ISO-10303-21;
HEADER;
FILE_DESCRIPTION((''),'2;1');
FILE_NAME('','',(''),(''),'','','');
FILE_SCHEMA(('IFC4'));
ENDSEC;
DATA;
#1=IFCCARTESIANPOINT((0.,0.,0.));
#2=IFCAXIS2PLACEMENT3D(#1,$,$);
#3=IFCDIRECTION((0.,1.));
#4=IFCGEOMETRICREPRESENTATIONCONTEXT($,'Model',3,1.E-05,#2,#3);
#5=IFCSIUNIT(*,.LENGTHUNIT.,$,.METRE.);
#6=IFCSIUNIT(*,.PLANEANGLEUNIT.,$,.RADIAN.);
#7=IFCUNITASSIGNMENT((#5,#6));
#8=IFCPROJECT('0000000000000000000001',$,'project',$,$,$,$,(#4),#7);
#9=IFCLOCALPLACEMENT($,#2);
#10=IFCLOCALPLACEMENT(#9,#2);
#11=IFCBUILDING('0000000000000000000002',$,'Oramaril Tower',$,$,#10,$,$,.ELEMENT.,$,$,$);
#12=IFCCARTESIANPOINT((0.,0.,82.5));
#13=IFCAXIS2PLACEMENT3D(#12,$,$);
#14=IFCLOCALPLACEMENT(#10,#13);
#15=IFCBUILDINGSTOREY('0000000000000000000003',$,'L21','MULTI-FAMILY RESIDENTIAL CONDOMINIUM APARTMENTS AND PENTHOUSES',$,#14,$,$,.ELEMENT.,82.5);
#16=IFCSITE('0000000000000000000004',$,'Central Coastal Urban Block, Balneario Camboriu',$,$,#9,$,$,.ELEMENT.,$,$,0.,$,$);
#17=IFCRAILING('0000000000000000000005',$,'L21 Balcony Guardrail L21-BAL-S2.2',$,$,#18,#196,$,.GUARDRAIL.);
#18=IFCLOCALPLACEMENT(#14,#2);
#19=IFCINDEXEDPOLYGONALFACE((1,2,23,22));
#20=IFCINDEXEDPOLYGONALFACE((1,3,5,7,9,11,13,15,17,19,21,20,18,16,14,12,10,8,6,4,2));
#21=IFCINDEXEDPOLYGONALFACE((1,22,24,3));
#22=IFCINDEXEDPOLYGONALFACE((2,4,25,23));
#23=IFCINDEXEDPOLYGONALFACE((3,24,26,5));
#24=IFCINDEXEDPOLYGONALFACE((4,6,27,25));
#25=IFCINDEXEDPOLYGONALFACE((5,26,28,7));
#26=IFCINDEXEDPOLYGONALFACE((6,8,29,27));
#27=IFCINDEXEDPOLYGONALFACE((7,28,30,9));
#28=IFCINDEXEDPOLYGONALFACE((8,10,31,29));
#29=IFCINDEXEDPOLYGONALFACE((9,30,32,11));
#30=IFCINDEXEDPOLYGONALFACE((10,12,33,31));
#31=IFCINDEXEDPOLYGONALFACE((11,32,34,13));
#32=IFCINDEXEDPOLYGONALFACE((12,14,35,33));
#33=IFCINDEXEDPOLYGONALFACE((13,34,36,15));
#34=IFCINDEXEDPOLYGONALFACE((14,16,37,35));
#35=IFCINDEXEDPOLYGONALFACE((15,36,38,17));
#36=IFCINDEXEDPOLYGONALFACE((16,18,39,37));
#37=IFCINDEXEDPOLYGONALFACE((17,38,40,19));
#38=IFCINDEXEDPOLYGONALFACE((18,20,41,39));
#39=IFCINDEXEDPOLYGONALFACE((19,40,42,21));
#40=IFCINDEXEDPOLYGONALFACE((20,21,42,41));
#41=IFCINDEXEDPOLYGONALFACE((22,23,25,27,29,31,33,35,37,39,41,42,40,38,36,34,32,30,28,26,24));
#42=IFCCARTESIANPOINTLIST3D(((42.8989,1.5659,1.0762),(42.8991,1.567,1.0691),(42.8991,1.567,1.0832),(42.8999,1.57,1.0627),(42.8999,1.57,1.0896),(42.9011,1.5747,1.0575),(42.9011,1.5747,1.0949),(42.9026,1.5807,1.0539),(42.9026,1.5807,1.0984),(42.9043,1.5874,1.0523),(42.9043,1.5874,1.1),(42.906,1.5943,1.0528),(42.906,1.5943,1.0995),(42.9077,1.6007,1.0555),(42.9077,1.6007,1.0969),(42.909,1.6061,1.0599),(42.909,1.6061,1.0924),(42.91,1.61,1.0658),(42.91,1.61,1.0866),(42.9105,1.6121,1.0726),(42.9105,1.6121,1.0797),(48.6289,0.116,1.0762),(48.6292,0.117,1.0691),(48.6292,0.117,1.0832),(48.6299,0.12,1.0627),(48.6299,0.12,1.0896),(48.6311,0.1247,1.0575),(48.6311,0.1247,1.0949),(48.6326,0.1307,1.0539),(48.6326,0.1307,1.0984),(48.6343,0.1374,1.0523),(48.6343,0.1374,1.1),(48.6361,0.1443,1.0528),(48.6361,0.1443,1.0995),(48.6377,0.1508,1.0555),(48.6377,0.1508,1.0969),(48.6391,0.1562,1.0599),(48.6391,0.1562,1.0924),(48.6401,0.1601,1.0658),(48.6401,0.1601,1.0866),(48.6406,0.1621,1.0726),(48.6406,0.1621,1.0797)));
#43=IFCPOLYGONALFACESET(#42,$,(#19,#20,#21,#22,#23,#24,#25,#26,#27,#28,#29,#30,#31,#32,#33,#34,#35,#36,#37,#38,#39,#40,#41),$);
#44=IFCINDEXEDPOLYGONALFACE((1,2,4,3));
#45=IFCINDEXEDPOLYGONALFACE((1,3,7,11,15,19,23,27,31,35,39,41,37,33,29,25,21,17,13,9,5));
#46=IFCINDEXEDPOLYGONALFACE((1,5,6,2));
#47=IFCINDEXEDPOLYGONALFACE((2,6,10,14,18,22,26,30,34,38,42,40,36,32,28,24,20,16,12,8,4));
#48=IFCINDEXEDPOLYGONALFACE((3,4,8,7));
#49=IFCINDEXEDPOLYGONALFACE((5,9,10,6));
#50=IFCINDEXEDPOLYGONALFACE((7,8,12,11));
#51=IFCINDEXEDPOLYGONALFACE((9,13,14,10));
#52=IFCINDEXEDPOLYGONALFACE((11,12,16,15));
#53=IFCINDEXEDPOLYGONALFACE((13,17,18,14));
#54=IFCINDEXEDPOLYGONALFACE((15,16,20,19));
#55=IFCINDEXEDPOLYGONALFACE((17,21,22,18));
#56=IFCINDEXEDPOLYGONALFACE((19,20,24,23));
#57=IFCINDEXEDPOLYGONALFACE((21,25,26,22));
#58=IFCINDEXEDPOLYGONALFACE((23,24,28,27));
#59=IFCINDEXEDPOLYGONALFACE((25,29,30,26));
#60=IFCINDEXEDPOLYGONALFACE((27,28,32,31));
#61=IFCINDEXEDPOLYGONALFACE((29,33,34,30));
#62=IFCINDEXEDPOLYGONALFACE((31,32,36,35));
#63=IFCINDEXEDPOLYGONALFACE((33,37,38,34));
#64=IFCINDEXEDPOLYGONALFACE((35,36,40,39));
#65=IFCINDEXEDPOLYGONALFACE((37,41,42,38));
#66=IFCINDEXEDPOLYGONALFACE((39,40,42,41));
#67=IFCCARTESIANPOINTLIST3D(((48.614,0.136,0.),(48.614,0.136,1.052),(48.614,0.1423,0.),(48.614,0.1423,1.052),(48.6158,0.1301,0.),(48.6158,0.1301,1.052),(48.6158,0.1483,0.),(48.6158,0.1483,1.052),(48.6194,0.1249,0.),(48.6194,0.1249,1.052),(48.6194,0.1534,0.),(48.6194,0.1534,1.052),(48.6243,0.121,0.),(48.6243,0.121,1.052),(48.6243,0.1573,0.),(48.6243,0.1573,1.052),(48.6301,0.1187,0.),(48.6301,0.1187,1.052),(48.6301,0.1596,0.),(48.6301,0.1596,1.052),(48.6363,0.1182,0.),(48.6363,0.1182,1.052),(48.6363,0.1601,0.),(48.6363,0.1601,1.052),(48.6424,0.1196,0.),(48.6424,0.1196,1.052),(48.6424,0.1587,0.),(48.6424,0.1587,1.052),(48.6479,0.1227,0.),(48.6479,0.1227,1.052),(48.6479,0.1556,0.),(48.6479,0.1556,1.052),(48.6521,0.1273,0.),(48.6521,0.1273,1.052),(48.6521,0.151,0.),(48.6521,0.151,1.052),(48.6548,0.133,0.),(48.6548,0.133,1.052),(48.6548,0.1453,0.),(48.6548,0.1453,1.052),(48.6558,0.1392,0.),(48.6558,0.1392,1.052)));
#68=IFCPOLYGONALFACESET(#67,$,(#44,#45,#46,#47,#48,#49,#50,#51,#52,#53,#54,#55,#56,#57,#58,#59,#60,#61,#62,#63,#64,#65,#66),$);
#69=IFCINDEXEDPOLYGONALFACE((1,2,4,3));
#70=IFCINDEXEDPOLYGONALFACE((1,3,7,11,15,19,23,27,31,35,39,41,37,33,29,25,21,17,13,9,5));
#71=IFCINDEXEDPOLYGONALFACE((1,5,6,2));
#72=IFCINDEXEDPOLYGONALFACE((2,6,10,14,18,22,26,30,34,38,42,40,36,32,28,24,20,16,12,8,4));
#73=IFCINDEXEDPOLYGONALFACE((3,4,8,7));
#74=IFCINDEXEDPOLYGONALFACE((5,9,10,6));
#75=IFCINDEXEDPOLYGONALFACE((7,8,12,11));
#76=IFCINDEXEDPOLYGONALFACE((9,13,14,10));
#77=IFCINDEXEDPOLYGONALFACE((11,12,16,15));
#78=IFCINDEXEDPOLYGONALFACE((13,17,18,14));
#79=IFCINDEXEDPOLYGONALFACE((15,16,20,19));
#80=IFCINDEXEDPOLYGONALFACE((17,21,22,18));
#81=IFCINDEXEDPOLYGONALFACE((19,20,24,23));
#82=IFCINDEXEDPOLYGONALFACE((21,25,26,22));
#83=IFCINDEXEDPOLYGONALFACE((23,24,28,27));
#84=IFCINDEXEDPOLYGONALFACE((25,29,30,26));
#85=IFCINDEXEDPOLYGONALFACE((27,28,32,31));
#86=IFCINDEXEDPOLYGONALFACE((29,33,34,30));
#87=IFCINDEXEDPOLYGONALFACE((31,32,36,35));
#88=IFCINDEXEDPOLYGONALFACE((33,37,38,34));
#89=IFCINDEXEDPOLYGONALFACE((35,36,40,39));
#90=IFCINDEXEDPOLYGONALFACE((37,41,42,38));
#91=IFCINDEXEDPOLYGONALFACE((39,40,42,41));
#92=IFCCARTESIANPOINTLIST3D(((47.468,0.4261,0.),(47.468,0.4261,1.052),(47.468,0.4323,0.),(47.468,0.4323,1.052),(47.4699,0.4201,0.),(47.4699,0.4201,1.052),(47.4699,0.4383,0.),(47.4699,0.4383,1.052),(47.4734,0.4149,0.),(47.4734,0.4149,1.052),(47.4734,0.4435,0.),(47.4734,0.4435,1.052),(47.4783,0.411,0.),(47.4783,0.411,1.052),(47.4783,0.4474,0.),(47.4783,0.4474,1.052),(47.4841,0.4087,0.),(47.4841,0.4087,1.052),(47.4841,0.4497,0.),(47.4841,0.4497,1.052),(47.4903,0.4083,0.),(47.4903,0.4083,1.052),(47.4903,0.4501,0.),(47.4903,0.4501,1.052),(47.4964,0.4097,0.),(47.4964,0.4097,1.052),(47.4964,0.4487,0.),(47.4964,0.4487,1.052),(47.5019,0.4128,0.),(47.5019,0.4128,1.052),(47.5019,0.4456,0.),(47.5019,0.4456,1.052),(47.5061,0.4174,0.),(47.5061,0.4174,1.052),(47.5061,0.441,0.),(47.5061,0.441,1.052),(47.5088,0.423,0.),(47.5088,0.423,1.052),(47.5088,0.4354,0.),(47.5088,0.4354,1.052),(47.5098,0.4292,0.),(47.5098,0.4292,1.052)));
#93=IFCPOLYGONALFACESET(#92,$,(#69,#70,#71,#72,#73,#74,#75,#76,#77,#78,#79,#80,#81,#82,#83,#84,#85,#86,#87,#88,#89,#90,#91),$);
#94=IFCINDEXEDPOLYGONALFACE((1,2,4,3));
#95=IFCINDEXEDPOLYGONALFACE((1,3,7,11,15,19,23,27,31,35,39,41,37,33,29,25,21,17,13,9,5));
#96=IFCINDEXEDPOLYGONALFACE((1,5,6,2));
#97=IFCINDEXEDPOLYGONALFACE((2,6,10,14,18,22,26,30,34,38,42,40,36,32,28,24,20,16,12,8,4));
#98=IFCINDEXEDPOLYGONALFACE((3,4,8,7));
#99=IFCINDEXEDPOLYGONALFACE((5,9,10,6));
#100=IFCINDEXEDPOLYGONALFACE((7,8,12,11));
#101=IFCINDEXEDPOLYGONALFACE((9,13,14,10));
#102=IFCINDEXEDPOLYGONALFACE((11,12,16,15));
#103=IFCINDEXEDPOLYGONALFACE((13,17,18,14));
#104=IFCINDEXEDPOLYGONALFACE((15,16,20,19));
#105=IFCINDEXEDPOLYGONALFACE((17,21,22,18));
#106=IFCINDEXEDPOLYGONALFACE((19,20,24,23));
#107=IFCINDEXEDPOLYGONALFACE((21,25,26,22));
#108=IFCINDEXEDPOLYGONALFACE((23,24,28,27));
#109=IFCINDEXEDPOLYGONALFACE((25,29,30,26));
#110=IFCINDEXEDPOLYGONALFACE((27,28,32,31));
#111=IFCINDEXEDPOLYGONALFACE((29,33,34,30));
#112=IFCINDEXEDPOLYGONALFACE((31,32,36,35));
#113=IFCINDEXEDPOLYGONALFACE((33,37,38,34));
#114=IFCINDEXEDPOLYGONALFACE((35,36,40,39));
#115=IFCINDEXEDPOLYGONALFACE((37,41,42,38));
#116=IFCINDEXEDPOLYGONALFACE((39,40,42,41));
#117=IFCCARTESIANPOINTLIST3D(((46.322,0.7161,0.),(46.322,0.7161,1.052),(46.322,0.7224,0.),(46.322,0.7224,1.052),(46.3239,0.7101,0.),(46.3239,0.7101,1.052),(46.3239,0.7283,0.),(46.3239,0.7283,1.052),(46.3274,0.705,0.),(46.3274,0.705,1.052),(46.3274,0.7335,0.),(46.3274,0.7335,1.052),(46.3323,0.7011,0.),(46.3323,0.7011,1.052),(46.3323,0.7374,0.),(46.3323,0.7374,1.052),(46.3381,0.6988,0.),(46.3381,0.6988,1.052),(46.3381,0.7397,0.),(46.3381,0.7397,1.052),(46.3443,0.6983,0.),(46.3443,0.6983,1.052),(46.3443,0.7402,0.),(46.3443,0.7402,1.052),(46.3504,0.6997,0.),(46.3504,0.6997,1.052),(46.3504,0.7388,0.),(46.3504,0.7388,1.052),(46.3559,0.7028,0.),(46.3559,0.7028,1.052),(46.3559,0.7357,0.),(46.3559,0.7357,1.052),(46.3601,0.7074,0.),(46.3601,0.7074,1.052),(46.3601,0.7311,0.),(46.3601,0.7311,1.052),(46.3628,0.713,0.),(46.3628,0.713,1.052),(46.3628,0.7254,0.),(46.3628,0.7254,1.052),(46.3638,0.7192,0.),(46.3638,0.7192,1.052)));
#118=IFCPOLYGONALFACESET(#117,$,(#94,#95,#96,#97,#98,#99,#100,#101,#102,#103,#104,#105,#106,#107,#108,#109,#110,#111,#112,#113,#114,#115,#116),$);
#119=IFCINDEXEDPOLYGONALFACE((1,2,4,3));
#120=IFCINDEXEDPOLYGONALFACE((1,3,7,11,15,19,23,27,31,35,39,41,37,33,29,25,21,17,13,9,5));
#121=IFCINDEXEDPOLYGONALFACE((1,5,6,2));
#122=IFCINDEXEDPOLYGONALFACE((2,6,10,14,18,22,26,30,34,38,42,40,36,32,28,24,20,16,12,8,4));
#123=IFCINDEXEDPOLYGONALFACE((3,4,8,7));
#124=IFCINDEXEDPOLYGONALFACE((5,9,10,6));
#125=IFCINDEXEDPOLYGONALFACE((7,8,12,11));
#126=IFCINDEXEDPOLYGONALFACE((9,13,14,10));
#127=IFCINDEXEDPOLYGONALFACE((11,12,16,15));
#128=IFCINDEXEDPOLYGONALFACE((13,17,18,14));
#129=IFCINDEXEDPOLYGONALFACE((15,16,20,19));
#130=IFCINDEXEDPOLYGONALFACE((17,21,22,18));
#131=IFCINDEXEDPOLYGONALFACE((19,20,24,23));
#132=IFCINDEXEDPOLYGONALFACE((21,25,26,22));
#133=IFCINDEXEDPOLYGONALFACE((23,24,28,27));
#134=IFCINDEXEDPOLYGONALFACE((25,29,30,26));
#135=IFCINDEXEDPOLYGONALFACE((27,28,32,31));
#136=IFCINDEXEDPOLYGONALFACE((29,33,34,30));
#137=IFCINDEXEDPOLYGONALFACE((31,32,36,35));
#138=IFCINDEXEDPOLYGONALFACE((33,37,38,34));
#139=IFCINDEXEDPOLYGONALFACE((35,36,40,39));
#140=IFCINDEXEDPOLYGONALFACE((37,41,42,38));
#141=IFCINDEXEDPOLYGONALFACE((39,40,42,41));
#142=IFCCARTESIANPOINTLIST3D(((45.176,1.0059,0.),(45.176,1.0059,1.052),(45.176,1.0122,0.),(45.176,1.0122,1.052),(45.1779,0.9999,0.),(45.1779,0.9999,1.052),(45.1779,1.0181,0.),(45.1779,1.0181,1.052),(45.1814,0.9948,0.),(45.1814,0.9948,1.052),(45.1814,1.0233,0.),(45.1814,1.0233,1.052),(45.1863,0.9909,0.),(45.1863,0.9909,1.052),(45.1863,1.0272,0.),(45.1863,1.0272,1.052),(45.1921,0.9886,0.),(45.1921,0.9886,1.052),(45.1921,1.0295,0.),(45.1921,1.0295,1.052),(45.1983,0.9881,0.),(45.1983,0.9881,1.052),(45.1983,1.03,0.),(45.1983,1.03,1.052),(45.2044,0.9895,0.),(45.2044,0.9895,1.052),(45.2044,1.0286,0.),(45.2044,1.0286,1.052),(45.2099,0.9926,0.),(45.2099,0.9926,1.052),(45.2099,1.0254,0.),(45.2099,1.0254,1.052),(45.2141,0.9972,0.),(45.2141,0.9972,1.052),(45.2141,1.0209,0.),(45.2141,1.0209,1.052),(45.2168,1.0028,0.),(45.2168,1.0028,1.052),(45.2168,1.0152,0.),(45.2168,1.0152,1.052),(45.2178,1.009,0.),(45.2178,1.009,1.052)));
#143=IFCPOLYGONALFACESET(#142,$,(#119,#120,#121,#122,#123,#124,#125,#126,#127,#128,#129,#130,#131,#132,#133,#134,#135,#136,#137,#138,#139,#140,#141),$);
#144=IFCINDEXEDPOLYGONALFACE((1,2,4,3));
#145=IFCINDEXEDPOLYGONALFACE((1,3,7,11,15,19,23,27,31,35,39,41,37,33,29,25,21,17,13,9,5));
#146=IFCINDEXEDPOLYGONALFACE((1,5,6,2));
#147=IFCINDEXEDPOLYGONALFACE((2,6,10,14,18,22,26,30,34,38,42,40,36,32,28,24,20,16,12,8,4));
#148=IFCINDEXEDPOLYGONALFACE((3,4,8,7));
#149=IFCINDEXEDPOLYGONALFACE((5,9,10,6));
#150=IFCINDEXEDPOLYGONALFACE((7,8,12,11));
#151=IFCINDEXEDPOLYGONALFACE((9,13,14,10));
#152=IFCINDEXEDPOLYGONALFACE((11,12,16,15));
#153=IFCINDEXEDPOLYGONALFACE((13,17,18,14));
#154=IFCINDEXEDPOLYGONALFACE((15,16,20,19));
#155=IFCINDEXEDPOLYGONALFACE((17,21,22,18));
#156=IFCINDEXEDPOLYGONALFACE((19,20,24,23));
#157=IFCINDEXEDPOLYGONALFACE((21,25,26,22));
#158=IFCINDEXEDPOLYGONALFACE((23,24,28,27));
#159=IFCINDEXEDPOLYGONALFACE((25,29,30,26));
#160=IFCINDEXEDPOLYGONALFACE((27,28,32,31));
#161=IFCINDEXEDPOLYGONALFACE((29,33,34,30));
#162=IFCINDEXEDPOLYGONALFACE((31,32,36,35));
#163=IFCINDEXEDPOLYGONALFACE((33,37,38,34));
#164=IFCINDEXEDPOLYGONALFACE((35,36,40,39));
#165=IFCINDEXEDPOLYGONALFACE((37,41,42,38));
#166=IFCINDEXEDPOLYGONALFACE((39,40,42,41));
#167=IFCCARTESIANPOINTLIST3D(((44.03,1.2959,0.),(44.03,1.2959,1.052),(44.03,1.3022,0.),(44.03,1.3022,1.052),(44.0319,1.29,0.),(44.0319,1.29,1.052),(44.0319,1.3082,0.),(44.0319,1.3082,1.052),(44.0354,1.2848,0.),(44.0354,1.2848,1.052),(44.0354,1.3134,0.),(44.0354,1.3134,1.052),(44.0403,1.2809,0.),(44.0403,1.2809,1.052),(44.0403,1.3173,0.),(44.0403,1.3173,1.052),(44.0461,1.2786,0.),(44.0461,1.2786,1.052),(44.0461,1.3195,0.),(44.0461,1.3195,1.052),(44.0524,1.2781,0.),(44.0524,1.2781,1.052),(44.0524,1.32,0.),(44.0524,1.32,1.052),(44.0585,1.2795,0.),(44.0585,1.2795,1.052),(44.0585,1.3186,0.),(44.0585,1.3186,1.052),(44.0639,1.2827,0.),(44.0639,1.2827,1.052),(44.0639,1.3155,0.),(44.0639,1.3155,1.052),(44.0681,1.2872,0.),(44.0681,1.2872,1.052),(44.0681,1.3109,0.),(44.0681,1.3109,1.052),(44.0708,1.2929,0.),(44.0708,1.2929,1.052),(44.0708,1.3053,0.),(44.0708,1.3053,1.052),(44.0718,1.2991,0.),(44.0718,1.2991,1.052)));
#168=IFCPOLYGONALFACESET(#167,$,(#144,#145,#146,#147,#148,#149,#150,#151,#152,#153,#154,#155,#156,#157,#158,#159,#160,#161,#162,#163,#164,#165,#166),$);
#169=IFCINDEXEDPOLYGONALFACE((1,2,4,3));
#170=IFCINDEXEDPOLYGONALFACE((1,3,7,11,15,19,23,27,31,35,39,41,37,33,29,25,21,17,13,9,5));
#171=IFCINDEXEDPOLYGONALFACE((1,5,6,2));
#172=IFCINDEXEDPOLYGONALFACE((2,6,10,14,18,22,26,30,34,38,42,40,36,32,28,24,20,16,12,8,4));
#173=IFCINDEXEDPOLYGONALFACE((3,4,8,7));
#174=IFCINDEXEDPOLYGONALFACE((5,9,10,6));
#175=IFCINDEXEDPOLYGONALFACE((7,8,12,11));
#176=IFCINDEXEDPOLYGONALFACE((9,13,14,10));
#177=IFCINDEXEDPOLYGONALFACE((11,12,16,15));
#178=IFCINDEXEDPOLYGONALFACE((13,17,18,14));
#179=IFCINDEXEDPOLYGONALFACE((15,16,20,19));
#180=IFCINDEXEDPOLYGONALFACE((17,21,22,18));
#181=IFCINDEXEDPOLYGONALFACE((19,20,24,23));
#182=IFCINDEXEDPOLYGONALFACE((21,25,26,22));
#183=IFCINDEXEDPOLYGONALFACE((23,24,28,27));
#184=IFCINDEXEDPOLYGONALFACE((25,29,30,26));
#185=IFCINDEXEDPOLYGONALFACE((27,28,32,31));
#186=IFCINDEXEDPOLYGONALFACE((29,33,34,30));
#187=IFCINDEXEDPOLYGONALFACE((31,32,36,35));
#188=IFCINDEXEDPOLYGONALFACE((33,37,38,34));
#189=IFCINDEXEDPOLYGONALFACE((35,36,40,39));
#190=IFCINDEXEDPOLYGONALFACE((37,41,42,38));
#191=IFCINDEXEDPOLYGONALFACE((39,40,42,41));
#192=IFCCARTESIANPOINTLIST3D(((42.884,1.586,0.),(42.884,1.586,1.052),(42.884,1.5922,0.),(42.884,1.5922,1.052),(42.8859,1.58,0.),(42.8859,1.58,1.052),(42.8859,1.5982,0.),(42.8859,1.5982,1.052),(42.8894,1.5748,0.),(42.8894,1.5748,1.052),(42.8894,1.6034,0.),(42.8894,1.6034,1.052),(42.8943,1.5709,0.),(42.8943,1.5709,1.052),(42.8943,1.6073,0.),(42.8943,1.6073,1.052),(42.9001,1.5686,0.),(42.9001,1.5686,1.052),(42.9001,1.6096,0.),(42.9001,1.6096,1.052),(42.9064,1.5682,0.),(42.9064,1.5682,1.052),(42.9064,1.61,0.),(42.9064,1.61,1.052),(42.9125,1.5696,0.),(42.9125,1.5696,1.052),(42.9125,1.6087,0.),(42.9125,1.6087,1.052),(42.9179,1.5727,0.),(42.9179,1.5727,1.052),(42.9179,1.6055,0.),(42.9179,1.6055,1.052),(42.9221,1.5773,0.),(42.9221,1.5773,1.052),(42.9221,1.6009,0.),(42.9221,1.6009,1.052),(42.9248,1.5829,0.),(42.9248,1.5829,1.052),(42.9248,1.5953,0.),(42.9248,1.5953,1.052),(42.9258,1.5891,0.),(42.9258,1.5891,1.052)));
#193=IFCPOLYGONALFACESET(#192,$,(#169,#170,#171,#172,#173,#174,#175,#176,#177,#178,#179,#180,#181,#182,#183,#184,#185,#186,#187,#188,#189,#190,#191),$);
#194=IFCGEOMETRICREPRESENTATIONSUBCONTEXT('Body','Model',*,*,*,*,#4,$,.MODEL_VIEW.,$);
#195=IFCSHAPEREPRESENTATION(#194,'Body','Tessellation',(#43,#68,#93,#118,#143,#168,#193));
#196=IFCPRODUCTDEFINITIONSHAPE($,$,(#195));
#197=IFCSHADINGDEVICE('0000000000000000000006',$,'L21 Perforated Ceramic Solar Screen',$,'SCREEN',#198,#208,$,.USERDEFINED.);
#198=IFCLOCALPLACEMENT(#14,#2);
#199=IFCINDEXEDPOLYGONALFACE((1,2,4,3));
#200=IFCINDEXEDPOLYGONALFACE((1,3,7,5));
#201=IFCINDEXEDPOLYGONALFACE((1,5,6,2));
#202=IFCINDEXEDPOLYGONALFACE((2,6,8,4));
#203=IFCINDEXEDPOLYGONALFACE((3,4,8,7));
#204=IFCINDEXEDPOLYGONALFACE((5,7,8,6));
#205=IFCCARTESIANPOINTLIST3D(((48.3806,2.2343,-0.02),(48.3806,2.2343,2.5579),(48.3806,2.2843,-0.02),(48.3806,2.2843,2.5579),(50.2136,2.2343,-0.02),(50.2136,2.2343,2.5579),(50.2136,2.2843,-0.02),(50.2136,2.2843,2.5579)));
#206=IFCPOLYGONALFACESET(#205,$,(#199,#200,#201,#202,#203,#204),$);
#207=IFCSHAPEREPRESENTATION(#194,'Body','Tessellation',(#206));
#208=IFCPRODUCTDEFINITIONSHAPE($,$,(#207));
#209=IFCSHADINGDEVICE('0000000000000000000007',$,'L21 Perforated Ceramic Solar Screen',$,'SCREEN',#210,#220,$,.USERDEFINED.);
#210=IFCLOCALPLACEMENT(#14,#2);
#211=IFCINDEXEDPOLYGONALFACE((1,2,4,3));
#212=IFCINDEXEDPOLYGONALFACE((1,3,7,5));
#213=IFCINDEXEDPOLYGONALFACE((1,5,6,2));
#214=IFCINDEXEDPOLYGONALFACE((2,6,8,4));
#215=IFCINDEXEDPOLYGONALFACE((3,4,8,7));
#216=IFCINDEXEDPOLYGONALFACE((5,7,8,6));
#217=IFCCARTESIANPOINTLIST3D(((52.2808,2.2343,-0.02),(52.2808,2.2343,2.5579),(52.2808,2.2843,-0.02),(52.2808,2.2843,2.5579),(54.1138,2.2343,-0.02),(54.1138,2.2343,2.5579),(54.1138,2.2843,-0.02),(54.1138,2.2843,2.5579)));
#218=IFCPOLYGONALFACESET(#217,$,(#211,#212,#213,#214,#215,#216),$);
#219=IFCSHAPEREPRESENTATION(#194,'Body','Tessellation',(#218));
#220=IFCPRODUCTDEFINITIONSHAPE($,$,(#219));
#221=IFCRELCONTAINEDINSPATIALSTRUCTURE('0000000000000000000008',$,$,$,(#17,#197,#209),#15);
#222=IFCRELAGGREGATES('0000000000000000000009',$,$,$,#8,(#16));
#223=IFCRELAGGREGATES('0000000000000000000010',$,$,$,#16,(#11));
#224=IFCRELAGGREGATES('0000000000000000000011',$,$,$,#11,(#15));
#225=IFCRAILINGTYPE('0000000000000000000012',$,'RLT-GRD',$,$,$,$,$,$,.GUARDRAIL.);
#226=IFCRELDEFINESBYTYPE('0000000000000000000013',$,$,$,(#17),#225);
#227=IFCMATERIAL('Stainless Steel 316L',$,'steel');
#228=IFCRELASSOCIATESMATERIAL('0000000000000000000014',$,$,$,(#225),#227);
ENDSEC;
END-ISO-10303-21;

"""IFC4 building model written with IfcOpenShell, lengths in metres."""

from ifc_helpers import new_model, si_unit, direction, frame, origin, origin_2d, place, context, subcontext, project, spatial, rectangle, circle, extrude, material, type_object, element, save


model = new_model("IFC4")

# Units and contexts
model_context = context("Model", 3, precision=1e-05, world=origin(), true_north=direction((0.0, 1.0)))
body_context = subcontext(model_context, "Body", "Model", "MODEL_VIEW")
ifc_project = project(units=[si_unit("LENGTHUNIT", "METRE"), si_unit("PLANEANGLEUNIT", "RADIAN")], contexts=[model_context])

# Site, building, storey
site_placement = place(None, origin())
site = spatial("IfcSite", under=ifc_project, at=site_placement, Name="Central Coastal Urban Block, Balneario Camboriu", CompositionType="ELEMENT", RefElevation=0.0)
building_placement = place(site_placement, origin())
building = spatial("IfcBuilding", under=site, at=building_placement, Name="Oramaril Tower", CompositionType="ELEMENT")
storey_placement = place(building_placement, frame((0.0, 0.0, 82.5)))
storey = spatial("IfcBuildingStorey", under=building, at=storey_placement, Name="L21", Description="MULTI-FAMILY RESIDENTIAL CONDOMINIUM APARTMENTS AND PENTHOUSES", CompositionType="ELEMENT", Elevation=82.5)

# Railing
ifc_material_1 = material(Name="Stainless Steel 316L", Category="steel")
railing_type = type_object("IfcRailingType", Name="RLT-GRD", PredefinedType="GUARDRAIL", material=ifc_material_1)
railing_1_placement = place(storey_placement, frame((48.6348, 0.1392, 0.0)))
element("IfcRailing", 1, at=railing_1_placement, inside=storey, type_object=railing_type, Name="L21 Balcony Guardrail L21-BAL-S2.2", PredefinedType="GUARDRAIL", context=body_context, shape_type="SweptSolid", body=[
    extrude(circle(Radius=0.0239, at=origin_2d()), frame((0.0, 0.0, 1.0762), z_axis=(-0.969444, 0.245314, 0.0), x_axis=(-0.245314, -0.969444, 0.0)), (0.0, 0.0, 1.0), 5.9106),
    extrude(circle(Radius=0.021, at=origin_2d()), origin(), (0.0, 0.0, 1.0), 1.052),
    extrude(circle(Radius=0.021, at=origin_2d()), frame((-1.146, 0.29, 0.0)), (0.0, 0.0, 1.0), 1.052),
    extrude(circle(Radius=0.021, at=origin_2d()), frame((-2.292, 0.5801, 0.0)), (0.0, 0.0, 1.0), 1.052),
    extrude(circle(Radius=0.021, at=origin_2d()), frame((-3.438, 0.8699, 0.0)), (0.0, 0.0, 1.0), 1.052),
    extrude(circle(Radius=0.021, at=origin_2d()), frame((-4.584, 1.1599, 0.0)), (0.0, 0.0, 1.0), 1.052),
    extrude(circle(Radius=0.021, at=origin_2d()), frame((-5.73, 1.45, 0.0)), (0.0, 0.0, 1.0), 1.052),
])

# Shading devices
for number, where, z_axis, x_axis, name in (
    (2, (49.2971, 2.2593, -0.02), (0.0, 0.0, 1.0), (1.0, 0.0, 0.0), "L21 Perforated Ceramic Solar Screen"),
    (3, (53.1973, 2.2593, -0.02), (0.0, 0.0, 1.0), (1.0, 0.0, 0.0), "L21 Perforated Ceramic Solar Screen"),
):
    element("IfcShadingDevice", number, at=place(storey_placement, frame(where, z_axis=z_axis, x_axis=x_axis)), inside=storey, Name=name, ObjectType="SCREEN", PredefinedType="USERDEFINED", context=body_context, shape_type="SweptSolid", body=[
        extrude(rectangle(XDim=1.833, YDim=0.05, at=origin_2d()), origin(), (0.0, 0.0, 1.0), 2.5779),
    ])

save(model, "model.ifc")
